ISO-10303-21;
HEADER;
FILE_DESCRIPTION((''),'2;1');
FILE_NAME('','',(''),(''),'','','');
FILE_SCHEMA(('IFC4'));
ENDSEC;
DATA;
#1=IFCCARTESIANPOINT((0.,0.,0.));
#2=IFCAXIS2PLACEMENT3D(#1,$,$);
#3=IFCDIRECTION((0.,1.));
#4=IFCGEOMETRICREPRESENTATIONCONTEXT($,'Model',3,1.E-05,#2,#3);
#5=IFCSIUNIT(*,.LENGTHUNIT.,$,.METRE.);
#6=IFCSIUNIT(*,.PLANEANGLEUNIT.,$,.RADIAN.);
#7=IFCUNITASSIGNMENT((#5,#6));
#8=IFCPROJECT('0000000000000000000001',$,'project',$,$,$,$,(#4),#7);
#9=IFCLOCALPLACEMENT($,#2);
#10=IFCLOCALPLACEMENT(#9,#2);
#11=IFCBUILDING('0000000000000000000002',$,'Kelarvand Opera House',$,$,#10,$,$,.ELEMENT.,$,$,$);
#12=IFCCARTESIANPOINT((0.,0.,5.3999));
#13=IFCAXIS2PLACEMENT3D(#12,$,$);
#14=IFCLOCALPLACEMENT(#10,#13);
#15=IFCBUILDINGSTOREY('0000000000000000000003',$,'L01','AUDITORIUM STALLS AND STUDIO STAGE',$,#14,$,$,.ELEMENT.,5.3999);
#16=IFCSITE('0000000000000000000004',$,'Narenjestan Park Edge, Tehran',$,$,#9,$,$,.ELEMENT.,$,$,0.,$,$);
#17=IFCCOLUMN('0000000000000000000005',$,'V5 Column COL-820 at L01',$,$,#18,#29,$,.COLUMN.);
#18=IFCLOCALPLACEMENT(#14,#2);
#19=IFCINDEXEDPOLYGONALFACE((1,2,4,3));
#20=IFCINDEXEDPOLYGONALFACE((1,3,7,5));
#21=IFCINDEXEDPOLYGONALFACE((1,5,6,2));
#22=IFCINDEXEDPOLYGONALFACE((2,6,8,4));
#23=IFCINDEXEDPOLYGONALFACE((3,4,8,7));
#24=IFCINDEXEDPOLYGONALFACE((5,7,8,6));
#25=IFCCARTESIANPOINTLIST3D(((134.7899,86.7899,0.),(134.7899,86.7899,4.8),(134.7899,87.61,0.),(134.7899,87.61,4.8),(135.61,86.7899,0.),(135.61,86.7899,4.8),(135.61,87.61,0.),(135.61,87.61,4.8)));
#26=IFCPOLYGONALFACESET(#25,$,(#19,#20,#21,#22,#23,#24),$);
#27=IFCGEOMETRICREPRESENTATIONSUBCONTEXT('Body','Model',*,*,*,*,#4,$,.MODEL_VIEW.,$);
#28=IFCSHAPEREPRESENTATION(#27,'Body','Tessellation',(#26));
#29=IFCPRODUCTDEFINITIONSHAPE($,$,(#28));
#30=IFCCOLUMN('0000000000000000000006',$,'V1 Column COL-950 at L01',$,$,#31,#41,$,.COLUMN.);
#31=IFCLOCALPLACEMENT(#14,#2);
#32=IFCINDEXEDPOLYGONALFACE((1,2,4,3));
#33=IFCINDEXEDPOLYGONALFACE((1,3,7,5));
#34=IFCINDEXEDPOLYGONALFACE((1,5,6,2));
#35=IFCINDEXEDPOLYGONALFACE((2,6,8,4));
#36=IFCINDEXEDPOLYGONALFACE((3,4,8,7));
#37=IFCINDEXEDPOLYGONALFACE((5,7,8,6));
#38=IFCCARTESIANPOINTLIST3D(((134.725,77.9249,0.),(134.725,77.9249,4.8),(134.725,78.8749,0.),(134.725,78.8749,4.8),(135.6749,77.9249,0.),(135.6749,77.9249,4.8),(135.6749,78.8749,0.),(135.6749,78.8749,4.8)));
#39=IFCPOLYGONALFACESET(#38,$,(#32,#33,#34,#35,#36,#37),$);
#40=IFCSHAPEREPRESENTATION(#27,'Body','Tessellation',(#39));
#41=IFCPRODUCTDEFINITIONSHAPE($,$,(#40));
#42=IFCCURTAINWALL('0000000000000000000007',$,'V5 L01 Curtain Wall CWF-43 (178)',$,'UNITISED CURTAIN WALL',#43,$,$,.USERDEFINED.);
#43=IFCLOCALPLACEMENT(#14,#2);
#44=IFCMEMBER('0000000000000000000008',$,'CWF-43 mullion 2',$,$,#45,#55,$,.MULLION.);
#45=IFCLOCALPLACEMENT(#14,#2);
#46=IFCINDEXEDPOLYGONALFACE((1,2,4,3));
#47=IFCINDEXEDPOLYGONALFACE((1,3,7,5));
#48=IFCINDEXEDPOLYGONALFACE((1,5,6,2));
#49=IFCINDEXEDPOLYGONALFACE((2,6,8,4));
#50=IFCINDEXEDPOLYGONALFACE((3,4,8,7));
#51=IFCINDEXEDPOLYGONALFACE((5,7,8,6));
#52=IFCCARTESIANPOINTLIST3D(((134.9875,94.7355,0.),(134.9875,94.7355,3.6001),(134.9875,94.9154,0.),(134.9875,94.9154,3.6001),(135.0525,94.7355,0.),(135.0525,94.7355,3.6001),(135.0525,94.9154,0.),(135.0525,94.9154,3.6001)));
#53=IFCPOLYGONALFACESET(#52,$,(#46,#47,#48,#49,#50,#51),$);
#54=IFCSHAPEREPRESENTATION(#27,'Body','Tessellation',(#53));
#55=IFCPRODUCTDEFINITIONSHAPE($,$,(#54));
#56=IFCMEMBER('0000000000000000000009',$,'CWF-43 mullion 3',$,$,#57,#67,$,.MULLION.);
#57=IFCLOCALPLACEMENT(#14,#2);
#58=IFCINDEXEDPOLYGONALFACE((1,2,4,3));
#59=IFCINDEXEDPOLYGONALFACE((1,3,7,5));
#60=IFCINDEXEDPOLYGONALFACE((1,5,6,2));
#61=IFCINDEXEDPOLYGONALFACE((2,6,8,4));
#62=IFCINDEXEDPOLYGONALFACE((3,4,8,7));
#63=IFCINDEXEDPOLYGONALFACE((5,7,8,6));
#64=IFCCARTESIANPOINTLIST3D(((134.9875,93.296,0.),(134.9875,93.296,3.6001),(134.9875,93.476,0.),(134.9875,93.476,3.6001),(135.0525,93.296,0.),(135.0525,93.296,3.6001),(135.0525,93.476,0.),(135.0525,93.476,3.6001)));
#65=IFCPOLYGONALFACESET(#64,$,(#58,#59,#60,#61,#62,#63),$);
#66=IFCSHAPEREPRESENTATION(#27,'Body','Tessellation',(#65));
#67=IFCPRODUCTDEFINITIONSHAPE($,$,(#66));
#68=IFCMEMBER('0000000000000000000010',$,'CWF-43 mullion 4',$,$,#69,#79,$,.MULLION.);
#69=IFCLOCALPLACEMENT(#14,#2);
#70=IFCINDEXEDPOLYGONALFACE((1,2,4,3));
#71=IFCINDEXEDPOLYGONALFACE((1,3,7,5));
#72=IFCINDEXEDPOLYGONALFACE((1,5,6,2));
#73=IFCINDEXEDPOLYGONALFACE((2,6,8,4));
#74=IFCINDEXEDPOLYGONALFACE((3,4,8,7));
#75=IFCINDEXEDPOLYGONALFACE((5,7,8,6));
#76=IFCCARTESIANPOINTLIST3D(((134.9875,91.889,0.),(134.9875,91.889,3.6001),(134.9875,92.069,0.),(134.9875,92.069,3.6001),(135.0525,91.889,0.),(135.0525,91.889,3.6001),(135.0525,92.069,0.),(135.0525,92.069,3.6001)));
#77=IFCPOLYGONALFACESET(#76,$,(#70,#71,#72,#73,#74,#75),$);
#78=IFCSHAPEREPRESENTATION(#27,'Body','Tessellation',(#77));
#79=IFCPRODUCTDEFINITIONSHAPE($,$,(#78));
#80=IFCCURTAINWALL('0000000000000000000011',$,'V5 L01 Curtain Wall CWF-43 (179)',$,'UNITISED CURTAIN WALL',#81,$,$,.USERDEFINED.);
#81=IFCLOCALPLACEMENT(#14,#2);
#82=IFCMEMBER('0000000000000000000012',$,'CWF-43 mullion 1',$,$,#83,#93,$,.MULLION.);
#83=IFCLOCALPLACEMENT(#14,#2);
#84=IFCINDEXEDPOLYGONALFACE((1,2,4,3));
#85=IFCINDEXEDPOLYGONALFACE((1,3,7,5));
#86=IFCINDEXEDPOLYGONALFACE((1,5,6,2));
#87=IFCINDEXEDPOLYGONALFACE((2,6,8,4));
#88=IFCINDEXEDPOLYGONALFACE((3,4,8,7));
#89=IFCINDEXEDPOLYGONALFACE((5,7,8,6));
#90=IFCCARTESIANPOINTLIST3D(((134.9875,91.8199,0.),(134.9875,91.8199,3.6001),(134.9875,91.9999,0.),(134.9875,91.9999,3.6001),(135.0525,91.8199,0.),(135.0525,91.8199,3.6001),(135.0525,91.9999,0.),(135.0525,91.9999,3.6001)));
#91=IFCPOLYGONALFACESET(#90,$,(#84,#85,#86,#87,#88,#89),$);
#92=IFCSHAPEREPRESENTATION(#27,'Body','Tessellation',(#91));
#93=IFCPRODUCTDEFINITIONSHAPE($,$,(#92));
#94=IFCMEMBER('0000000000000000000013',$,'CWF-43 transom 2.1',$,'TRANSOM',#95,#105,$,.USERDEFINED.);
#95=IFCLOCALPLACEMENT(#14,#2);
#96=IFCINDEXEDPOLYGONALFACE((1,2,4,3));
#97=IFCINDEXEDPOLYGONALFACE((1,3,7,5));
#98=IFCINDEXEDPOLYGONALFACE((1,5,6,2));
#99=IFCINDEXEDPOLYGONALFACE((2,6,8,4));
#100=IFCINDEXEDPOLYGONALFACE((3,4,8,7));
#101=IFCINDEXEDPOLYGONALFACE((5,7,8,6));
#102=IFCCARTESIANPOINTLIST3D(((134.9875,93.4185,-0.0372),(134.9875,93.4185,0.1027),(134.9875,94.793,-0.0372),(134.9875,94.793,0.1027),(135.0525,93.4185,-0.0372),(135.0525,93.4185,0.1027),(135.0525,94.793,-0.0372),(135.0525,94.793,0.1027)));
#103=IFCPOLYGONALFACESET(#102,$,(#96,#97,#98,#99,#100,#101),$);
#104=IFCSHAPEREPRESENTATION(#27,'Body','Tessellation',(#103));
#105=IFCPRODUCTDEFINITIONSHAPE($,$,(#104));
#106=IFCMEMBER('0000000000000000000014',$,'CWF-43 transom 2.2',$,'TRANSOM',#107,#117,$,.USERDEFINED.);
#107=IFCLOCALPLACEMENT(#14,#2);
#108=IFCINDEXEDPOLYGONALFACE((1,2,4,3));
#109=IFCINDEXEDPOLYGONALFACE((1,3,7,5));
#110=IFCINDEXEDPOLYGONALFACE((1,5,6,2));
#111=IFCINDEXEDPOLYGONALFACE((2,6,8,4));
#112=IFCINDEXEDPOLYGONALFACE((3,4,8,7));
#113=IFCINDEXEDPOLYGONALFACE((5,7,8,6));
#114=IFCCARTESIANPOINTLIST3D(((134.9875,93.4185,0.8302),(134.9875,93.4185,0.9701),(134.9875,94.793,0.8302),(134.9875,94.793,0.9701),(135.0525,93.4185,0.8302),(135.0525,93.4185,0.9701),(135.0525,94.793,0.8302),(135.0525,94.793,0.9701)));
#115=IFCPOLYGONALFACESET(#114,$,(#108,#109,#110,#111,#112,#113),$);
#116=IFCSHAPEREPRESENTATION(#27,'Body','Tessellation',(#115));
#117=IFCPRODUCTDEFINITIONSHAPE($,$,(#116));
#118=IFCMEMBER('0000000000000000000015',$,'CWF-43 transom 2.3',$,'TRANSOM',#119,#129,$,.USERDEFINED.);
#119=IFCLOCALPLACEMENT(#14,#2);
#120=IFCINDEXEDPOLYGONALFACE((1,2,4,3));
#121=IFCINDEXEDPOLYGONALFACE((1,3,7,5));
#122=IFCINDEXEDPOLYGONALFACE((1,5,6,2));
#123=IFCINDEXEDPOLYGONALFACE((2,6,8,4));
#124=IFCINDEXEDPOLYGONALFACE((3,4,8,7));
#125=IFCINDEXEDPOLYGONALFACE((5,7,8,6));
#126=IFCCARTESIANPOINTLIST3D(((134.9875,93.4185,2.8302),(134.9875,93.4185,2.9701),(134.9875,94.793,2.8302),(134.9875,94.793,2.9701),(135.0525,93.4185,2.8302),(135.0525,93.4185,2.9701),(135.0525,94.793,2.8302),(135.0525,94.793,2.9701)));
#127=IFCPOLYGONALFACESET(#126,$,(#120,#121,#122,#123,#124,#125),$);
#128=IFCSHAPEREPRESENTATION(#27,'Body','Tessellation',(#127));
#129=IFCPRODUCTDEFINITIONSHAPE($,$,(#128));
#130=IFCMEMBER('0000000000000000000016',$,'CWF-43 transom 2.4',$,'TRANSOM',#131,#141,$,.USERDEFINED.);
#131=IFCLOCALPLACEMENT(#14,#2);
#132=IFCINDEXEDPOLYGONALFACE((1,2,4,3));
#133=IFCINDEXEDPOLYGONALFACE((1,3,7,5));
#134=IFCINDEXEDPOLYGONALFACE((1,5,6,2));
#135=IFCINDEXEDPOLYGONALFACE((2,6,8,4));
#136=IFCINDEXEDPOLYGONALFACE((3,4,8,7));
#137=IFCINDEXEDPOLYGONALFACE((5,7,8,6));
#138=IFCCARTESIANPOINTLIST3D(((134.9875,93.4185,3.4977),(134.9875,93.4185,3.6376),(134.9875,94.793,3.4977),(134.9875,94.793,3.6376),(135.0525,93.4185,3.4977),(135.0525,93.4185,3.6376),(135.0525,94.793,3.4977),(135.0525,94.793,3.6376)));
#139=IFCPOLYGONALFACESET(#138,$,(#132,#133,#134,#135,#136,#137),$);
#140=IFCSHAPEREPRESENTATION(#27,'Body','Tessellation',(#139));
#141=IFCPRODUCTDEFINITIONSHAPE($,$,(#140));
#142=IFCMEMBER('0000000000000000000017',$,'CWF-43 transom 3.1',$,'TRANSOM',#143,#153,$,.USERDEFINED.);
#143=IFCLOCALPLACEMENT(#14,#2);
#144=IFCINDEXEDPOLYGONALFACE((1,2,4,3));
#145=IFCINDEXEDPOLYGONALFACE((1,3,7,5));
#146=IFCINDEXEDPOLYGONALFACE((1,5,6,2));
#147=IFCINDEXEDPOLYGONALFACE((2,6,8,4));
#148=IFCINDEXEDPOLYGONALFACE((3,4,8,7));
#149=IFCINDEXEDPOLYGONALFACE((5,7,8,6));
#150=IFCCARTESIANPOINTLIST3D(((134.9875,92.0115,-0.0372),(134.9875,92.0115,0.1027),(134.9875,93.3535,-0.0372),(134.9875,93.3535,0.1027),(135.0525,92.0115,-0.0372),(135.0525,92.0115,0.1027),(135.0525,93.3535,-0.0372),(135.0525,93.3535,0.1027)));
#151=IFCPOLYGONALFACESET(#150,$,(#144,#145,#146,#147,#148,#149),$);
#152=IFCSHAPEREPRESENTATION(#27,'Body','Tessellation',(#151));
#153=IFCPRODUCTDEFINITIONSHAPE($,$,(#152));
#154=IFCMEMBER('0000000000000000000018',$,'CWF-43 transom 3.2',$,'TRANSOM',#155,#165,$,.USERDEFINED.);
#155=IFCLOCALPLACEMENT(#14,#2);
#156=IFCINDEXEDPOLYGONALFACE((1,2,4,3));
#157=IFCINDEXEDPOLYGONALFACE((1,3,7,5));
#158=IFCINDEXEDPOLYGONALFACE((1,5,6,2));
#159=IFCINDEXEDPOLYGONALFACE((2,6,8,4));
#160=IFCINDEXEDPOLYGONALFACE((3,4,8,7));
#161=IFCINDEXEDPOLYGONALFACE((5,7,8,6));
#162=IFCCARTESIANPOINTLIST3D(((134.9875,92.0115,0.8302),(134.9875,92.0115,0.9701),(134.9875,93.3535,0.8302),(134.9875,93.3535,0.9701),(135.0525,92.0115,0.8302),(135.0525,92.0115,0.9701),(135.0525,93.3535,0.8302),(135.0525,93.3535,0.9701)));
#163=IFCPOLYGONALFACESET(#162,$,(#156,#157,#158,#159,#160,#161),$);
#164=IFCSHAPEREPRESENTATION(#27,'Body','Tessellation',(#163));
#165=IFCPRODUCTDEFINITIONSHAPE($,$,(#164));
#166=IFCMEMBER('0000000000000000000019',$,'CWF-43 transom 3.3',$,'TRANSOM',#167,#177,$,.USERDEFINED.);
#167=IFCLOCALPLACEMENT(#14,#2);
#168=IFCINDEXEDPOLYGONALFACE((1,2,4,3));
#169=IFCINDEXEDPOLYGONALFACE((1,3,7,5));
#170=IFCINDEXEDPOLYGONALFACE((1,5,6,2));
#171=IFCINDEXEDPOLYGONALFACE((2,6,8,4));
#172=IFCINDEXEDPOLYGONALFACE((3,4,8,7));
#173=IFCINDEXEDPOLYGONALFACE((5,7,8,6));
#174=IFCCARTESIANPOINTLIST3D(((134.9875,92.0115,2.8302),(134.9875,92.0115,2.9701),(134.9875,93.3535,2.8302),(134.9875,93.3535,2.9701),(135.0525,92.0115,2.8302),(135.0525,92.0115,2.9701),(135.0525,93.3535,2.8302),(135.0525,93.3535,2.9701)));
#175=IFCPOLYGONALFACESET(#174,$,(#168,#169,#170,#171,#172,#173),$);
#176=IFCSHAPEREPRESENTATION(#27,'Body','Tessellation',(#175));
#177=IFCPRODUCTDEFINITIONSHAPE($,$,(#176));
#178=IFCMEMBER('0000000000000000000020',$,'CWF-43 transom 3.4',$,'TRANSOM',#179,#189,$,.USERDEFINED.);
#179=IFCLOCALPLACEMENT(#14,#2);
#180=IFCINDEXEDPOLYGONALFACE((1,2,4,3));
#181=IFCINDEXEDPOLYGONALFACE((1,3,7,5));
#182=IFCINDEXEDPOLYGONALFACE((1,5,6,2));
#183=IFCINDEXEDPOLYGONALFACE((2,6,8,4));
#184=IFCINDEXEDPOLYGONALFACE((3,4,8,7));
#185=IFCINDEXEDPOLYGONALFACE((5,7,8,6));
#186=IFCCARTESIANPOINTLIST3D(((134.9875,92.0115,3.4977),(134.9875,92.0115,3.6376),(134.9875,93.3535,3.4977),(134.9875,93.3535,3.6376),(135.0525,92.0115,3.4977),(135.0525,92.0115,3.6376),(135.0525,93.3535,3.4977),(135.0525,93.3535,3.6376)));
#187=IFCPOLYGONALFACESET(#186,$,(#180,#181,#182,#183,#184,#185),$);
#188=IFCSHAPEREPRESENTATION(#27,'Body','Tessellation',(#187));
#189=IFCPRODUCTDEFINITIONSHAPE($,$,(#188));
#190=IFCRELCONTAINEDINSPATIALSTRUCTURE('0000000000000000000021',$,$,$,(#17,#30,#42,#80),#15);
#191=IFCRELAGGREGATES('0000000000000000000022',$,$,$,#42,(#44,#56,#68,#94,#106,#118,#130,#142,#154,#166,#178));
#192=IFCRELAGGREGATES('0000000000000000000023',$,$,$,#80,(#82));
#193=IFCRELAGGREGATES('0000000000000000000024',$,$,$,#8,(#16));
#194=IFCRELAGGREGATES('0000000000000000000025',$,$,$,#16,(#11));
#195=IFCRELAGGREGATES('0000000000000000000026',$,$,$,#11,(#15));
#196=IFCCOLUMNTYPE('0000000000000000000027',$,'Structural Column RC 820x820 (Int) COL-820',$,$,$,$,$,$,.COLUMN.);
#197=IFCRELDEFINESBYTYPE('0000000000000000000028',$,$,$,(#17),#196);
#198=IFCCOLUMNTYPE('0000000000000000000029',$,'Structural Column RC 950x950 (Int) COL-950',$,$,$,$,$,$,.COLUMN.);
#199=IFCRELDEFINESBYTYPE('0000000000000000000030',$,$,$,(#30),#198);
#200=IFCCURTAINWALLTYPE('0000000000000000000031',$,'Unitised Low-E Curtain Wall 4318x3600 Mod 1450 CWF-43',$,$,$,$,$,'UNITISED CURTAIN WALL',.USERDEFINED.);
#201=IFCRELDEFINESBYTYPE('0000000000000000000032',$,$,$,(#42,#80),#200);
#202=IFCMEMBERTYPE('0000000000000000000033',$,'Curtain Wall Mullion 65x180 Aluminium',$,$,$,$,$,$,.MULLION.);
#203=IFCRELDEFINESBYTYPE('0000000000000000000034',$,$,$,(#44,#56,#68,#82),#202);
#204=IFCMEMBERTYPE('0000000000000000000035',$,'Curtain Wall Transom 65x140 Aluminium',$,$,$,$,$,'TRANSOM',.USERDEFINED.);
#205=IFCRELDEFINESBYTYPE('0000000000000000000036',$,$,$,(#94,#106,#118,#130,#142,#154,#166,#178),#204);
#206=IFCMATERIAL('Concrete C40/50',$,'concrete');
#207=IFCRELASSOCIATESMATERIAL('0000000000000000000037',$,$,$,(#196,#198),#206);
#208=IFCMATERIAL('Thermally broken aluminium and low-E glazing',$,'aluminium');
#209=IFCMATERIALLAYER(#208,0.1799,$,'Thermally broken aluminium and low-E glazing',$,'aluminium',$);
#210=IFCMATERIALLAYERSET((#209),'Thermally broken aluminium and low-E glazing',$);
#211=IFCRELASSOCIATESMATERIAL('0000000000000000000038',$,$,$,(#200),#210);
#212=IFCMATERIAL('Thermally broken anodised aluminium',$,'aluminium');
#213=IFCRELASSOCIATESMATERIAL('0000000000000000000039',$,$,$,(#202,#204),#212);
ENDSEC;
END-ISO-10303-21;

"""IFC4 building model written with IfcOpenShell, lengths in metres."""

from ifc_helpers import new_model, si_unit, direction, frame, origin, origin_2d, place, context, subcontext, project, spatial, rectangle, extrude, material, layer, layer_set, material_profile, profile_set, type_object, element, aggregate, save


model = new_model("IFC4")

# Units and contexts
model_context = context("Model", 3, precision=1e-05, world=origin(), true_north=direction((0.0, 1.0)))
body_context = subcontext(model_context, "Body", "Model", "MODEL_VIEW")
ifc_project = project(units=[si_unit("LENGTHUNIT", "METRE"), si_unit("PLANEANGLEUNIT", "RADIAN")], contexts=[model_context])

# Site, building, storey
site_placement = place(None, origin())
site = spatial("IfcSite", under=ifc_project, at=site_placement, Name="Narenjestan Park Edge, Tehran", CompositionType="ELEMENT", RefElevation=0.0)
building_placement = place(site_placement, origin())
building = spatial("IfcBuilding", under=site, at=building_placement, Name="Kelarvand Opera House", CompositionType="ELEMENT")
storey_placement = place(building_placement, frame((0.0, 0.0, 5.3999)))
storey = spatial("IfcBuildingStorey", under=building, at=storey_placement, Name="L01", Description="AUDITORIUM STALLS AND STUDIO STAGE", CompositionType="ELEMENT", Elevation=5.3999)

# Columns
ifc_material_1 = material(Name="Concrete C40/50", Category="concrete")
ifc_material_profile_1 = material_profile(ifc_material_1, rectangle(XDim=0.8201, YDim=0.8201, at=origin_2d()), Name="RC 820x820", Category="concrete")
ifc_profile_set_1 = profile_set([ifc_material_profile_1], Name="Concrete C40/50")
column_type_1 = type_object("IfcColumnType", Name="Structural Column RC 820x820 (Int) COL-820", PredefinedType="COLUMN", material=ifc_profile_set_1)
column_1_placement = place(storey_placement, frame((135.2, 87.2, 0.0), z_axis=(0.0, 0.0, 1.0), x_axis=(1.0, 0.0, 0.0)))
element("IfcColumn", 1, at=column_1_placement, inside=storey, type_object=column_type_1, Name="V5 Column COL-820 at L01", PredefinedType="COLUMN", context=body_context, shape_type="SweptSolid", body=[
    extrude(rectangle(XDim=0.8201, YDim=0.8201, at=origin_2d()), origin(), (0.0, 0.0, 1.0), 4.8),
])
ifc_material_profile_2 = material_profile(ifc_material_1, rectangle(XDim=0.95, YDim=0.95, at=origin_2d()), Name="RC 950x950", Category="concrete")
ifc_profile_set_2 = profile_set([ifc_material_profile_2], Name="Concrete C40/50")
column_type_2 = type_object("IfcColumnType", Name="Structural Column RC 950x950 (Int) COL-950", PredefinedType="COLUMN", material=ifc_profile_set_2)
column_2_placement = place(storey_placement, frame((135.2, 78.3999, 0.0), z_axis=(0.0, 0.0, 1.0), x_axis=(1.0, 0.0, 0.0)))
element("IfcColumn", 2, at=column_2_placement, inside=storey, type_object=column_type_2, Name="V1 Column COL-950 at L01", PredefinedType="COLUMN", context=body_context, shape_type="SweptSolid", body=[
    extrude(rectangle(XDim=0.95, YDim=0.95, at=origin_2d()), origin(), (0.0, 0.0, 1.0), 4.8),
])

# Curtain wall, members
ifc_material_2 = material(Name="Thermally broken aluminium and low-E glazing", Category="aluminium")
ifc_layer_1 = layer(ifc_material_2, 0.1799, Name="Thermally broken aluminium and low-E glazing", Category="aluminium")
ifc_layer_set_1 = layer_set([ifc_layer_1], Name="Thermally broken aluminium and low-E glazing")
curtain_wall_type = type_object("IfcCurtainWallType", Name="Unitised Low-E Curtain Wall 4318x3600 Mod 1450 CWF-43", ElementType="UNITISED CURTAIN WALL", PredefinedType="USERDEFINED", material=ifc_layer_set_1)
curtain_wall_1_placement = place(storey_placement, origin())
curtain_wall_1 = element("IfcCurtainWall", 3, at=curtain_wall_1_placement, inside=storey, type_object=curtain_wall_type, Name="V5 L01 Curtain Wall CWF-43 (178)", ObjectType="UNITISED CURTAIN WALL", PredefinedType="USERDEFINED")
ifc_material_3 = material(Name="Thermally broken anodised aluminium", Category="aluminium")
ifc_material_profile_3 = material_profile(ifc_material_3, rectangle(XDim=0.0649, YDim=0.1799, at=origin_2d()), Name="ALU MULLION 65x180", Category="aluminium")
ifc_profile_set_3 = profile_set([ifc_material_profile_3], Name="Thermally broken anodised aluminium")
member_type_1 = type_object("IfcMemberType", Name="Curtain Wall Mullion 65x180 Aluminium", PredefinedType="MULLION", material=ifc_profile_set_3)
member_1_placement = place(storey_placement, frame((135.02, 94.8254, 0.0), z_axis=(0.0, 0.0, 1.0), x_axis=(1.0, 0.0, 0.0)))
member_1 = element("IfcMember", 4, at=member_1_placement, type_object=member_type_1, Name="CWF-43 mullion 2", PredefinedType="MULLION", context=body_context, shape_type="SweptSolid", body=[
    extrude(rectangle(XDim=0.0649, YDim=0.1799, at=origin_2d()), origin(), (0.0, 0.0, 1.0), 3.6001),
])
member_2_placement = place(storey_placement, frame((135.02, 93.386, 0.0), z_axis=(0.0, 0.0, 1.0), x_axis=(1.0, 0.0, 0.0)))
member_2 = element("IfcMember", 5, at=member_2_placement, type_object=member_type_1, Name="CWF-43 mullion 3", PredefinedType="MULLION", context=body_context, shape_type="SweptSolid", body=[
    extrude(rectangle(XDim=0.0649, YDim=0.1799, at=origin_2d()), origin(), (0.0, 0.0, 1.0), 3.6001),
])
member_3_placement = place(storey_placement, frame((135.02, 91.979, 0.0), z_axis=(0.0, 0.0, 1.0), x_axis=(1.0, 0.0, 0.0)))
member_3 = element("IfcMember", 6, at=member_3_placement, type_object=member_type_1, Name="CWF-43 mullion 4", PredefinedType="MULLION", context=body_context, shape_type="SweptSolid", body=[
    extrude(rectangle(XDim=0.0649, YDim=0.1799, at=origin_2d()), origin(), (0.0, 0.0, 1.0), 3.6001),
])

# Curtain wall, member
curtain_wall_2_placement = place(storey_placement, origin())
curtain_wall_2 = element("IfcCurtainWall", 7, at=curtain_wall_2_placement, inside=storey, type_object=curtain_wall_type, Name="V5 L01 Curtain Wall CWF-43 (179)", ObjectType="UNITISED CURTAIN WALL", PredefinedType="USERDEFINED")
member_4_placement = place(storey_placement, frame((135.02, 91.9099, 0.0), z_axis=(0.0, 0.0, 1.0), x_axis=(1.0, 0.0, 0.0)))
member_4 = element("IfcMember", 8, at=member_4_placement, type_object=member_type_1, Name="CWF-43 mullion 1", PredefinedType="MULLION", context=body_context, shape_type="SweptSolid", body=[
    extrude(rectangle(XDim=0.0649, YDim=0.1799, at=origin_2d()), origin(), (0.0, 0.0, 1.0), 3.6001),
])

# Members
ifc_material_profile_4 = material_profile(ifc_material_3, rectangle(XDim=0.0649, YDim=0.1399, at=origin_2d()), Name="ALU TRANSOM 65x140", Category="aluminium")
ifc_profile_set_4 = profile_set([ifc_material_profile_4], Name="Thermally broken anodised aluminium")
member_type_2 = type_object("IfcMemberType", Name="Curtain Wall Transom 65x140 Aluminium", ElementType="TRANSOM", PredefinedType="USERDEFINED", material=ifc_profile_set_4)
member_5_placement = place(storey_placement, frame((135.02, 94.793, 0.0327), z_axis=(0.0, -1.0, 0.0), x_axis=(1.0, 0.0, 0.0)))
member_5 = element("IfcMember", 9, at=member_5_placement, type_object=member_type_2, Name="CWF-43 transom 2.1", ObjectType="TRANSOM", PredefinedType="USERDEFINED", context=body_context, shape_type="SweptSolid", body=[
    extrude(rectangle(XDim=0.0649, YDim=0.1399, at=origin_2d()), origin(), (0.0, 0.0, 1.0), 1.3745),
])
member_6_placement = place(storey_placement, frame((135.02, 94.793, 0.9001), z_axis=(0.0, -1.0, 0.0), x_axis=(1.0, 0.0, 0.0)))
member_6 = element("IfcMember", 10, at=member_6_placement, type_object=member_type_2, Name="CWF-43 transom 2.2", ObjectType="TRANSOM", PredefinedType="USERDEFINED", context=body_context, shape_type="SweptSolid", body=[
    extrude(rectangle(XDim=0.0649, YDim=0.1399, at=origin_2d()), origin(), (0.0, 0.0, 1.0), 1.3745),
])
member_7_placement = place(storey_placement, frame((135.02, 94.793, 2.9001), z_axis=(0.0, -1.0, 0.0), x_axis=(1.0, 0.0, 0.0)))
member_7 = element("IfcMember", 11, at=member_7_placement, type_object=member_type_2, Name="CWF-43 transom 2.3", ObjectType="TRANSOM", PredefinedType="USERDEFINED", context=body_context, shape_type="SweptSolid", body=[
    extrude(rectangle(XDim=0.0649, YDim=0.1399, at=origin_2d()), origin(), (0.0, 0.0, 1.0), 1.3745),
])
member_8_placement = place(storey_placement, frame((135.02, 94.793, 3.5676), z_axis=(0.0, -1.0, 0.0), x_axis=(1.0, 0.0, 0.0)))
member_8 = element("IfcMember", 12, at=member_8_placement, type_object=member_type_2, Name="CWF-43 transom 2.4", ObjectType="TRANSOM", PredefinedType="USERDEFINED", context=body_context, shape_type="SweptSolid", body=[
    extrude(rectangle(XDim=0.0649, YDim=0.1399, at=origin_2d()), origin(), (0.0, 0.0, 1.0), 1.3745),
])
member_9_placement = place(storey_placement, frame((135.02, 93.3535, 0.0327), z_axis=(0.0, -1.0, 0.0), x_axis=(1.0, 0.0, 0.0)))
member_9 = element("IfcMember", 13, at=member_9_placement, type_object=member_type_2, Name="CWF-43 transom 3.1", ObjectType="TRANSOM", PredefinedType="USERDEFINED", context=body_context, shape_type="SweptSolid", body=[
    extrude(rectangle(XDim=0.0649, YDim=0.1399, at=origin_2d()), origin(), (0.0, 0.0, 1.0), 1.342),
])
member_10_placement = place(storey_placement, frame((135.02, 93.3535, 0.9001), z_axis=(0.0, -1.0, 0.0), x_axis=(1.0, 0.0, 0.0)))
member_10 = element("IfcMember", 14, at=member_10_placement, type_object=member_type_2, Name="CWF-43 transom 3.2", ObjectType="TRANSOM", PredefinedType="USERDEFINED", context=body_context, shape_type="SweptSolid", body=[
    extrude(rectangle(XDim=0.0649, YDim=0.1399, at=origin_2d()), origin(), (0.0, 0.0, 1.0), 1.342),
])
member_11_placement = place(storey_placement, frame((135.02, 93.3535, 2.9001), z_axis=(0.0, -1.0, 0.0), x_axis=(1.0, 0.0, 0.0)))
member_11 = element("IfcMember", 15, at=member_11_placement, type_object=member_type_2, Name="CWF-43 transom 3.3", ObjectType="TRANSOM", PredefinedType="USERDEFINED", context=body_context, shape_type="SweptSolid", body=[
    extrude(rectangle(XDim=0.0649, YDim=0.1399, at=origin_2d()), origin(), (0.0, 0.0, 1.0), 1.342),
])
member_12_placement = place(storey_placement, frame((135.02, 93.3535, 3.5676), z_axis=(0.0, -1.0, 0.0), x_axis=(1.0, 0.0, 0.0)))
member_12 = element("IfcMember", 16, at=member_12_placement, type_object=member_type_2, Name="CWF-43 transom 3.4", ObjectType="TRANSOM", PredefinedType="USERDEFINED", context=body_context, shape_type="SweptSolid", body=[
    extrude(rectangle(XDim=0.0649, YDim=0.1399, at=origin_2d()), origin(), (0.0, 0.0, 1.0), 1.342),
])

aggregate(curtain_wall_1, [member_1, member_2, member_3, member_5, member_6, member_7, member_8, member_9, member_10, member_11, member_12])
aggregate(curtain_wall_2, [member_4])

save(model, "model.ifc")
